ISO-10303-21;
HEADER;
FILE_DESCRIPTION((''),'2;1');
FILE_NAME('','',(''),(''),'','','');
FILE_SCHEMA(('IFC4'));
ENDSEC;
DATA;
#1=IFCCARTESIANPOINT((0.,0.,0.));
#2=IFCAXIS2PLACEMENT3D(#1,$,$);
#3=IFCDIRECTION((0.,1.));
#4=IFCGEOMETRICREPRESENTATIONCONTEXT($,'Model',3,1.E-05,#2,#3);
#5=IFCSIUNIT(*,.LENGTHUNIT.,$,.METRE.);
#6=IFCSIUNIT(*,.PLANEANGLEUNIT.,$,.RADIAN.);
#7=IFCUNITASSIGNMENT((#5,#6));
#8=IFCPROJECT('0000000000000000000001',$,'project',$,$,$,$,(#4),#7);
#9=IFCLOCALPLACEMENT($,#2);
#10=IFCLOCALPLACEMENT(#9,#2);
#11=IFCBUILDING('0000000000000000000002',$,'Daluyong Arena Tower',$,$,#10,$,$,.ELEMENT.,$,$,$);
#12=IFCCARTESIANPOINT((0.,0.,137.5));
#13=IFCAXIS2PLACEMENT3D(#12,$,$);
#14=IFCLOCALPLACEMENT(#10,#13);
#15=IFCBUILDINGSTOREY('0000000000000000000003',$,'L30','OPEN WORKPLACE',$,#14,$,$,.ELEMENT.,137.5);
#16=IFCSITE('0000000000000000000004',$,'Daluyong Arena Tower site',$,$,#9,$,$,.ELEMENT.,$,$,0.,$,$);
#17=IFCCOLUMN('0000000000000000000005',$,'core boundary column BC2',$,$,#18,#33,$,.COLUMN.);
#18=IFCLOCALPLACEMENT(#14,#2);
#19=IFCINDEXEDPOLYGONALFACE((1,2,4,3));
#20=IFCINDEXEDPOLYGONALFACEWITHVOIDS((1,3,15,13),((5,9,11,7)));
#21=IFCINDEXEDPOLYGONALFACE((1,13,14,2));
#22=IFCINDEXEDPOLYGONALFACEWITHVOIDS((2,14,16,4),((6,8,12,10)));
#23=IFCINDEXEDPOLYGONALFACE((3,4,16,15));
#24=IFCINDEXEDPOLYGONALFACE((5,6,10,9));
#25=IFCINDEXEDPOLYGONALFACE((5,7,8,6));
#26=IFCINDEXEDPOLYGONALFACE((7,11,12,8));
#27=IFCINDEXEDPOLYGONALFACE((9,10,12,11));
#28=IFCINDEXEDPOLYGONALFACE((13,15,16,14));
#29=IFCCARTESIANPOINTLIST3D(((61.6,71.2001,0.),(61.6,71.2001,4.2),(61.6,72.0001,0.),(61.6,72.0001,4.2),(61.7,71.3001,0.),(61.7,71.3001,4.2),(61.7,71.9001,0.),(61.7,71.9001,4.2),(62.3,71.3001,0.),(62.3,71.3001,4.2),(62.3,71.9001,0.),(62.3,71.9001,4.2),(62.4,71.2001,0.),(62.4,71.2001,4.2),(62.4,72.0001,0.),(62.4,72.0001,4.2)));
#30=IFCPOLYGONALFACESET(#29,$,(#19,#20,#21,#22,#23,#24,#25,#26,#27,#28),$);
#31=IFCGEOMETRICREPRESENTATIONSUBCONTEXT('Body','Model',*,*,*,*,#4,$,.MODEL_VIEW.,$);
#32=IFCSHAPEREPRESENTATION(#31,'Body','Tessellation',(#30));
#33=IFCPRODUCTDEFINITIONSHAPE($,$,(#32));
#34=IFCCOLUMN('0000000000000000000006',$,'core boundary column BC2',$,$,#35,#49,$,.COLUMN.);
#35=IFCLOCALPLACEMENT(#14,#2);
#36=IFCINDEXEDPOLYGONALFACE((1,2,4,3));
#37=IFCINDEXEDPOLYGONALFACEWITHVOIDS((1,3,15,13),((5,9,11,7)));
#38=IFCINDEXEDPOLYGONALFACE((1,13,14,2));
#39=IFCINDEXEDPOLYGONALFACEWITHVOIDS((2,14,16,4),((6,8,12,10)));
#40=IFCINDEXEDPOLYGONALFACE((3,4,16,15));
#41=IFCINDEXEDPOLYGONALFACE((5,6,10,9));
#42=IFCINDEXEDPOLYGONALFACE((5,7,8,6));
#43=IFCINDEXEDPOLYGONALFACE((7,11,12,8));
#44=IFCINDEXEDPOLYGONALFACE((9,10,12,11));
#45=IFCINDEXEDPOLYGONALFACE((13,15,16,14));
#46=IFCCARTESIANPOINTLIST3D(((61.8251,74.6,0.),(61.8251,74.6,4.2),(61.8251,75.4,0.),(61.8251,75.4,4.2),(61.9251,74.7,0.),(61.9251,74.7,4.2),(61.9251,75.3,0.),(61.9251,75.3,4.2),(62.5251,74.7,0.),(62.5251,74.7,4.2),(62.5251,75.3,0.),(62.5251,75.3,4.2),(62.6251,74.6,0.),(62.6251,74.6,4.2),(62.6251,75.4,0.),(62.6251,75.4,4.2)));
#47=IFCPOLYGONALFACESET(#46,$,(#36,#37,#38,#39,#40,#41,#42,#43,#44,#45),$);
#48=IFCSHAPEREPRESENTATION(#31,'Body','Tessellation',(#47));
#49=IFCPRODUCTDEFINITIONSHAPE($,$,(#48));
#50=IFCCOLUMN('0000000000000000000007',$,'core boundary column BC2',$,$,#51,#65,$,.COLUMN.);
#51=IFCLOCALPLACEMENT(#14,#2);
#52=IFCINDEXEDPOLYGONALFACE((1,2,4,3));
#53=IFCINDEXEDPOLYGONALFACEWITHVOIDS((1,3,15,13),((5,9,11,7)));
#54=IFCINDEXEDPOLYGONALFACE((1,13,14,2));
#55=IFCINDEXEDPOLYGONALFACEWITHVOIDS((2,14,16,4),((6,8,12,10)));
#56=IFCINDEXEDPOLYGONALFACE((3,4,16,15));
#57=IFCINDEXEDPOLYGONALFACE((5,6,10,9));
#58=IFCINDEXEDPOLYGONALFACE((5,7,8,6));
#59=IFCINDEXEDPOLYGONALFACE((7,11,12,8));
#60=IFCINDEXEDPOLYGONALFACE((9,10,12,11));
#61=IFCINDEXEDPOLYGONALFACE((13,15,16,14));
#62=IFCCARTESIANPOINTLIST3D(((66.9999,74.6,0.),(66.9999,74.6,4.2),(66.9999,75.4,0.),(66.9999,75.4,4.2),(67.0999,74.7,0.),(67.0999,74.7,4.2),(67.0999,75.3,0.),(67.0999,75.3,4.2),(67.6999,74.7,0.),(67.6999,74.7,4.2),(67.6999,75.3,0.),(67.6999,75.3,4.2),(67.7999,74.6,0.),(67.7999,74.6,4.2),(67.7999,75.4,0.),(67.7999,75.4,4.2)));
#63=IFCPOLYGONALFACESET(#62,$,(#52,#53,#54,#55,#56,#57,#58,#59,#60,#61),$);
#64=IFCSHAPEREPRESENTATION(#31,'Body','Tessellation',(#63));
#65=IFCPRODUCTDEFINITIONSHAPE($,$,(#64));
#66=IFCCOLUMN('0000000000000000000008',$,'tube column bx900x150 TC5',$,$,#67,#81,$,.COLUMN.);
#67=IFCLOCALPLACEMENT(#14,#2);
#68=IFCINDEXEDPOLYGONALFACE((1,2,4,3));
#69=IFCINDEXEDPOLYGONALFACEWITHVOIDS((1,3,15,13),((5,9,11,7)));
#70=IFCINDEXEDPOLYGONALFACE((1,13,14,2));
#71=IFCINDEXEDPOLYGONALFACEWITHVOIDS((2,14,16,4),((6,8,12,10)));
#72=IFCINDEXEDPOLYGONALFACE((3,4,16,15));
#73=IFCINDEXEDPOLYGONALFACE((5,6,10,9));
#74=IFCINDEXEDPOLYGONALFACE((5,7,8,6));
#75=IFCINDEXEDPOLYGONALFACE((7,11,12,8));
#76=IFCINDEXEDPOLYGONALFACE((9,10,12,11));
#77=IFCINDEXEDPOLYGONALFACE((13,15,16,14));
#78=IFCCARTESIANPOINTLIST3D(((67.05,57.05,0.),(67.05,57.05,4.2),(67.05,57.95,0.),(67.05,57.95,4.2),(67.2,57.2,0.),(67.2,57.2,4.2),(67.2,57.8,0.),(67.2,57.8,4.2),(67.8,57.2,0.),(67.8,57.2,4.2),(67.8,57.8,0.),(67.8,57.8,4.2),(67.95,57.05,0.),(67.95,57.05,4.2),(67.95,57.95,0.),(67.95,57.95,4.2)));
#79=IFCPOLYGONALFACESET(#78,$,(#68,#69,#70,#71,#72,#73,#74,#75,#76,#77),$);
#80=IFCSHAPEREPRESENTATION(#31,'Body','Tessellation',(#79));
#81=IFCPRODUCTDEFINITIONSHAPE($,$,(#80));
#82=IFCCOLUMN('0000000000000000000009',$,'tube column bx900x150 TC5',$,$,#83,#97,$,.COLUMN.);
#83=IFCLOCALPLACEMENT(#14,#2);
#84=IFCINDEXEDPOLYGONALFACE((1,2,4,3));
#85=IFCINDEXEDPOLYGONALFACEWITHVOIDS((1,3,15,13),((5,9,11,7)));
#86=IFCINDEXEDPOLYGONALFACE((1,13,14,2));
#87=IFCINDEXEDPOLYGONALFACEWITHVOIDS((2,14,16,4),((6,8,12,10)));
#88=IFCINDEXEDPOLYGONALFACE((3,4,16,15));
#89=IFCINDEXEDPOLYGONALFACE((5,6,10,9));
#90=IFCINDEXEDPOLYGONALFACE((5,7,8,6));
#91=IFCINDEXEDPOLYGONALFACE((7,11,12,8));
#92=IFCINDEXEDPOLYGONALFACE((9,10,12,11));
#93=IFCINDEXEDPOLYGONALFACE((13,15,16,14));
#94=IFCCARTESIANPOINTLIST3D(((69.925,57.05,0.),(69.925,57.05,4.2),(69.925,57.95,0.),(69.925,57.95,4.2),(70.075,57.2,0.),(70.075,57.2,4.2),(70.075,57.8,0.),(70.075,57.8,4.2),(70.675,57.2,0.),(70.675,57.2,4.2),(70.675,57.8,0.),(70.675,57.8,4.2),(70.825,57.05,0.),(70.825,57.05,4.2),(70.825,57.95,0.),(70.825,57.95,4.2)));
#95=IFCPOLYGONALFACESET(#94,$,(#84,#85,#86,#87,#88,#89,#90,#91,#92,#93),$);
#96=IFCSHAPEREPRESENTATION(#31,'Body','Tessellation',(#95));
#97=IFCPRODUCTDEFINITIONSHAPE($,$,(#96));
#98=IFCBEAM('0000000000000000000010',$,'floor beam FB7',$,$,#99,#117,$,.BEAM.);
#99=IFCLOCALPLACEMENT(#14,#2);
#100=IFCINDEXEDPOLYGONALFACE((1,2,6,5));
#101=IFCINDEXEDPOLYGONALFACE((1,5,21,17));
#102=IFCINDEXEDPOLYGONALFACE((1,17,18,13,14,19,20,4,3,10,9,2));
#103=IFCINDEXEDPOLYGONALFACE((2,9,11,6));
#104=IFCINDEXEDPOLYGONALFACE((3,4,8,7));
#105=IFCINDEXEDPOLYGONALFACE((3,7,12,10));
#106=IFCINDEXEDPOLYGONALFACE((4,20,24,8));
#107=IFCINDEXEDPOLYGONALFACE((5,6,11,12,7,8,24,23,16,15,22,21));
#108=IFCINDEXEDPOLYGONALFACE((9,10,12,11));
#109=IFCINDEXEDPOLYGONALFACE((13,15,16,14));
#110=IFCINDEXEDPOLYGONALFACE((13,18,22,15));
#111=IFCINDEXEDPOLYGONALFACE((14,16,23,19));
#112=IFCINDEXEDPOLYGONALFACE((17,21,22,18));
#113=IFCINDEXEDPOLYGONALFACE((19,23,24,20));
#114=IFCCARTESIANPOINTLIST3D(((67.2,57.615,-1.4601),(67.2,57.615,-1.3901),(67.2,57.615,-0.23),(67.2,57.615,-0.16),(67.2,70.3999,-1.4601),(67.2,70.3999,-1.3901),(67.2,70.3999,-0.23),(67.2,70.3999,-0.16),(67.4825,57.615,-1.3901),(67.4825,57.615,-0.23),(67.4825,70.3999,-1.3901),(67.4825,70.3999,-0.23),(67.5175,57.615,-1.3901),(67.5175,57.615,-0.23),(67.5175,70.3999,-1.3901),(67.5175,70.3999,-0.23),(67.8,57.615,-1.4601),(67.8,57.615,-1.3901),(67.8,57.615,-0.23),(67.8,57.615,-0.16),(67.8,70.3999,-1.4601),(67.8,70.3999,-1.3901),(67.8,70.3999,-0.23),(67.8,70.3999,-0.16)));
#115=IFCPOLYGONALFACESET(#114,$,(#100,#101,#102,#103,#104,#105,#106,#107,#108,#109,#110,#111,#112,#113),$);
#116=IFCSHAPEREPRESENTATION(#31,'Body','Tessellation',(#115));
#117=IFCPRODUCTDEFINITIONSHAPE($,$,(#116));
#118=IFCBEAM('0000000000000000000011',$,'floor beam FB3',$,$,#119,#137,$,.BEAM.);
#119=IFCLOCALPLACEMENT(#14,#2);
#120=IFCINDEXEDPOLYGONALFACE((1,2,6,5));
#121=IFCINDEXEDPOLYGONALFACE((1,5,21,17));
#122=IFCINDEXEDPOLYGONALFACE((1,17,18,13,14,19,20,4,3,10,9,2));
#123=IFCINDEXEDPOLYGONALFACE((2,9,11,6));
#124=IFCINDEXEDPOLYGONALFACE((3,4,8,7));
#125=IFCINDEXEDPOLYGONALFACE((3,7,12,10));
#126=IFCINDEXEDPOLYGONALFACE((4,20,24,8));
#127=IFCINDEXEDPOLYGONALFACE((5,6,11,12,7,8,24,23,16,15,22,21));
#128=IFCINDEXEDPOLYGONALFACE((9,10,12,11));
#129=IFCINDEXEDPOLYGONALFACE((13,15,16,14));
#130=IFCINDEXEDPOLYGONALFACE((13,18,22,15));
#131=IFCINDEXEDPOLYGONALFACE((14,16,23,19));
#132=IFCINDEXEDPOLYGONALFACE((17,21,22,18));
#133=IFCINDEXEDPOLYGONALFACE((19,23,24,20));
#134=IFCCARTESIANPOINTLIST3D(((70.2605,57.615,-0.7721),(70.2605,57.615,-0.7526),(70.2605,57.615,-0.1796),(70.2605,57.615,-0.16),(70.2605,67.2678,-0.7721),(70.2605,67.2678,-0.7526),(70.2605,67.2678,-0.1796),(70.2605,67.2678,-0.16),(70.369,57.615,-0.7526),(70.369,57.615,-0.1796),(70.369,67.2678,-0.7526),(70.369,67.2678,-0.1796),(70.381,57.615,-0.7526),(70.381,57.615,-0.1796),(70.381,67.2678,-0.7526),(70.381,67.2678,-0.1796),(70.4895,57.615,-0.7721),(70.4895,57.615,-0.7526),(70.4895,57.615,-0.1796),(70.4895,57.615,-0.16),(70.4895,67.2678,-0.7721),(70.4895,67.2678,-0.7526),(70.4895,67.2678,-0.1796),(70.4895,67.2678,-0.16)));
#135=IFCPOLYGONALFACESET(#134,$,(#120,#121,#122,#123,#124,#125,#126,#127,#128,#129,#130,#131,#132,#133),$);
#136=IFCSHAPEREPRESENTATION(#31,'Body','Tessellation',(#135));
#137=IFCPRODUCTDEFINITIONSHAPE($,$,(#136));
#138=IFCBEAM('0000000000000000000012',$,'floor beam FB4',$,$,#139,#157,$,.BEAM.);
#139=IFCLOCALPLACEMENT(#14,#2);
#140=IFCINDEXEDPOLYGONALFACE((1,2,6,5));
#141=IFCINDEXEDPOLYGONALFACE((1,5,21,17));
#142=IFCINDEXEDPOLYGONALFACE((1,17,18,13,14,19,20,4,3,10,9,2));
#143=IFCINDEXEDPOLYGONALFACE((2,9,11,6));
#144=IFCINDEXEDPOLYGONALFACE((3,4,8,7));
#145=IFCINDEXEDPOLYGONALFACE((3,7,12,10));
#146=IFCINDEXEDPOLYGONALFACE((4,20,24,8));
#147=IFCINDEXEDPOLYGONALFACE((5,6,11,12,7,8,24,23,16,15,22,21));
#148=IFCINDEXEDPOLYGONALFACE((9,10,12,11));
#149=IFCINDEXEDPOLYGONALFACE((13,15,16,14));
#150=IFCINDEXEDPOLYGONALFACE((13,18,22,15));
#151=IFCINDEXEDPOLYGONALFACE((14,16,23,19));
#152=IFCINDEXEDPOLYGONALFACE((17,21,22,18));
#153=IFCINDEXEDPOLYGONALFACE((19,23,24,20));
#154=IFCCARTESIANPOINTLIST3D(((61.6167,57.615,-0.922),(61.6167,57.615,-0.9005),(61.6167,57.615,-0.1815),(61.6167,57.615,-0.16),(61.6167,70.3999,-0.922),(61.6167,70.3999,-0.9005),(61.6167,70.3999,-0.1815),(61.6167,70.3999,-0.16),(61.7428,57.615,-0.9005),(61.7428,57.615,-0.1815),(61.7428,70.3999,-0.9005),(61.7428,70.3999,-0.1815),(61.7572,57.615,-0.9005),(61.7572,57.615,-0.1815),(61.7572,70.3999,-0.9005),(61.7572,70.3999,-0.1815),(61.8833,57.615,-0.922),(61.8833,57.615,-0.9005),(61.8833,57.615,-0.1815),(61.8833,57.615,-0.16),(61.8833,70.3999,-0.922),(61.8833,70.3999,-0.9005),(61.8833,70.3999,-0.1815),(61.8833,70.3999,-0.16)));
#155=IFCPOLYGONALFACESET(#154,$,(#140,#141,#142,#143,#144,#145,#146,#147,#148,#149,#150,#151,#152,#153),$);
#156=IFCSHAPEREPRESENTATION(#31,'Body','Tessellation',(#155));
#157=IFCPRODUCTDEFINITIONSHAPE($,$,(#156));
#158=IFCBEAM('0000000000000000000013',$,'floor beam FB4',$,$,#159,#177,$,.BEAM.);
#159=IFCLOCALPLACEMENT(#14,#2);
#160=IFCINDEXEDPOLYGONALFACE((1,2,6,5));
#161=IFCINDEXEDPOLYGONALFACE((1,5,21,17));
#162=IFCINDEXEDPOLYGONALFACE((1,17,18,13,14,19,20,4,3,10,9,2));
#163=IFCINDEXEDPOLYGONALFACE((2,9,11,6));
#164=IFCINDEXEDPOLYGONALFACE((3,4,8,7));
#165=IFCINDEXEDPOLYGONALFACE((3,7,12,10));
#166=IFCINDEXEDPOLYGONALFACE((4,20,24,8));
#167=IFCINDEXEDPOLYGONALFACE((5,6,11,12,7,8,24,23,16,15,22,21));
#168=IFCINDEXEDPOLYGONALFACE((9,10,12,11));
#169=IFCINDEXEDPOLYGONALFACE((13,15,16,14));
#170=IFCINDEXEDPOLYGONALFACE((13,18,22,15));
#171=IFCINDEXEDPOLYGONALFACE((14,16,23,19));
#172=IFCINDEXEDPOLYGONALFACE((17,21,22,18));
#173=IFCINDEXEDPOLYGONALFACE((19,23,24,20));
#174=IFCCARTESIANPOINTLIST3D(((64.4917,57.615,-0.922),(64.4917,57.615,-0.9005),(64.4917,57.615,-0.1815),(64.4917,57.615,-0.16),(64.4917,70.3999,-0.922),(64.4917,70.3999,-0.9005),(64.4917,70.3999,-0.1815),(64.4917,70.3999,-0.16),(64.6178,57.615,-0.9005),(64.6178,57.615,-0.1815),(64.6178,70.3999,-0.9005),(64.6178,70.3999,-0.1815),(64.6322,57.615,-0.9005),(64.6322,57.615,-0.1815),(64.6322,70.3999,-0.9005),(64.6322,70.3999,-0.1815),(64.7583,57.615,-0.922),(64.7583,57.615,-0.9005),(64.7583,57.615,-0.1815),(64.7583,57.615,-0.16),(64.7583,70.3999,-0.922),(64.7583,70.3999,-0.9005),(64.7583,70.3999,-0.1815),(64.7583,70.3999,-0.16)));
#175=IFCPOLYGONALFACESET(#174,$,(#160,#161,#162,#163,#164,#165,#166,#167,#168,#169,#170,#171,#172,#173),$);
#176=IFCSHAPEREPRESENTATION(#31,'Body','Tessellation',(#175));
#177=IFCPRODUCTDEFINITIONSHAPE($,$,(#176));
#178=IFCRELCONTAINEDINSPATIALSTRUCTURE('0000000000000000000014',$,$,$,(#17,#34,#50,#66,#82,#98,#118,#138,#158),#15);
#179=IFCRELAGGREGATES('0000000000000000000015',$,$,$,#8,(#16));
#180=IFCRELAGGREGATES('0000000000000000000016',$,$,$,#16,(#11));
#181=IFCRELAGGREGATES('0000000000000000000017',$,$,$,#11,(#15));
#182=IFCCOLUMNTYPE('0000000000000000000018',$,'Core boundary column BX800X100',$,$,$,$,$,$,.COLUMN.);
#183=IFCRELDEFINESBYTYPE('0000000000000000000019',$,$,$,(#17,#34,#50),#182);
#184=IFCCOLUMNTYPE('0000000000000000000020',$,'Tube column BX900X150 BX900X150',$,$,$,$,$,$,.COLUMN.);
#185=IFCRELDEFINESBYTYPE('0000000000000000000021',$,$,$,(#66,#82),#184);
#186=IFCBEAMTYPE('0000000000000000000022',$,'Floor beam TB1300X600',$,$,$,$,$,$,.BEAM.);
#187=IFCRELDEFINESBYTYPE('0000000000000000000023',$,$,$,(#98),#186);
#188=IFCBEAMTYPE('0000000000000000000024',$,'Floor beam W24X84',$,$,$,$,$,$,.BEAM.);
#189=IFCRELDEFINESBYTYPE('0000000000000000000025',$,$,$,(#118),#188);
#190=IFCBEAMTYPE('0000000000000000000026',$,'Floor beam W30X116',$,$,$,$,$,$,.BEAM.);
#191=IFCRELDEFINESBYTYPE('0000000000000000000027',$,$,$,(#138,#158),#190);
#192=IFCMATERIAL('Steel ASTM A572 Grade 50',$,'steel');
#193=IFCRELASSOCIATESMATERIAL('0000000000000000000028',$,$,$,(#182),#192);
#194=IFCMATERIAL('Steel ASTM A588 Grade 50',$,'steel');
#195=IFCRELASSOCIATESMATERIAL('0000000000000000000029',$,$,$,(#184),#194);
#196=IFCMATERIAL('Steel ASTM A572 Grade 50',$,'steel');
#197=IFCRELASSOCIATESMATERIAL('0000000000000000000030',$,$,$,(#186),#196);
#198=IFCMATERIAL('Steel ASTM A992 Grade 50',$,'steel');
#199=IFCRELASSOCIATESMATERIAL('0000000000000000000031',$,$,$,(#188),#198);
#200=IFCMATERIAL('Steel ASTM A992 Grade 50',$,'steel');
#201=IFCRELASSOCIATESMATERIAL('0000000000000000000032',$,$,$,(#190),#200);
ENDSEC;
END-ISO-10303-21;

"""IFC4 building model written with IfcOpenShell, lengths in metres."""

from ifc_helpers import new_model, si_unit, direction, frame, origin, origin_2d, place, context, subcontext, project, spatial, hollow_rectangle, i_section, extrude, material, material_profile, profile_set, type_object, element, save


model = new_model("IFC4")

# Units and contexts
model_context = context("Model", 3, precision=1e-05, world=origin(), true_north=direction((0.0, 1.0)))
body_context = subcontext(model_context, "Body", "Model", "MODEL_VIEW")
ifc_project = project(units=[si_unit("LENGTHUNIT", "METRE"), si_unit("PLANEANGLEUNIT", "RADIAN")], contexts=[model_context])

# Site, building, storey
site_placement = place(None, origin())
site = spatial("IfcSite", under=ifc_project, at=site_placement, Name="Daluyong Arena Tower site", CompositionType="ELEMENT", RefElevation=0.0)
building_placement = place(site_placement, origin())
building = spatial("IfcBuilding", under=site, at=building_placement, Name="Daluyong Arena Tower", CompositionType="ELEMENT")
storey_placement = place(building_placement, frame((0.0, 0.0, 137.5)))
storey = spatial("IfcBuildingStorey", under=building, at=storey_placement, Name="L30", Description="OPEN WORKPLACE", CompositionType="ELEMENT", Elevation=137.5)

# Columns
ifc_material_1 = material(Name="Steel ASTM A572 Grade 50", Category="steel")
ifc_material_profile_1 = material_profile(ifc_material_1, hollow_rectangle(XDim=0.8, YDim=0.8, WallThickness=0.1, at=origin_2d()))
ifc_profile_set_1 = profile_set([ifc_material_profile_1], Name="Steel ASTM A572 Grade 50")
column_type_1 = type_object("IfcColumnType", Name="Core boundary column BX800X100", PredefinedType="COLUMN", material=ifc_profile_set_1)
for number, where, z_axis, x_axis, name in (
    (1, (62.0, 71.6001, 0.0), (0.0, 0.0, 1.0), (1.0, 0.0, 0.0), "core boundary column BC2"),
    (2, (62.2251, 75.0, 0.0), (0.0, 0.0, 1.0), (1.0, 0.0, 0.0), "core boundary column BC2"),
    (3, (67.3999, 75.0, 0.0), (0.0, 0.0, 1.0), (1.0, 0.0, 0.0), "core boundary column BC2"),
):
    element("IfcColumn", number, at=place(storey_placement, frame(where, z_axis=z_axis, x_axis=x_axis)), inside=storey, type_object=column_type_1, Name=name, PredefinedType="COLUMN", context=body_context, shape_type="SweptSolid", body=[
        extrude(hollow_rectangle(XDim=0.8, YDim=0.8, WallThickness=0.1, at=origin_2d()), origin(), (0.0, 0.0, 1.0), 4.2),
    ])
ifc_material_2 = material(Name="Steel ASTM A588 Grade 50", Category="steel")
ifc_material_profile_2 = material_profile(ifc_material_2, hollow_rectangle(XDim=0.8999, YDim=0.8999, WallThickness=0.15, at=origin_2d()))
ifc_profile_set_2 = profile_set([ifc_material_profile_2], Name="Steel ASTM A588 Grade 50")
column_type_2 = type_object("IfcColumnType", Name="Tube column BX900X150 BX900X150", PredefinedType="COLUMN", material=ifc_profile_set_2)
for number, where, z_axis, x_axis, name in (
    (4, (67.5, 57.5, 0.0), (0.0, 0.0, 1.0), (1.0, 0.0, 0.0), "tube column bx900x150 TC5"),
    (5, (70.375, 57.5, 0.0), (0.0, 0.0, 1.0), (1.0, 0.0, 0.0), "tube column bx900x150 TC5"),
):
    element("IfcColumn", number, at=place(storey_placement, frame(where, z_axis=z_axis, x_axis=x_axis)), inside=storey, type_object=column_type_2, Name=name, PredefinedType="COLUMN", context=body_context, shape_type="SweptSolid", body=[
        extrude(hollow_rectangle(XDim=0.8999, YDim=0.8999, WallThickness=0.15, at=origin_2d()), origin(), (0.0, 0.0, 1.0), 4.2),
    ])

# Beams
ifc_material_3 = material(Name="Steel ASTM A572 Grade 50", Category="steel")
ifc_material_profile_3 = material_profile(ifc_material_3, i_section(OverallWidth=0.6001, OverallDepth=1.3, WebThickness=0.035, FlangeThickness=0.07, at=origin_2d()))
ifc_profile_set_3 = profile_set([ifc_material_profile_3], Name="Steel ASTM A572 Grade 50")
beam_type_1 = type_object("IfcBeamType", Name="Floor beam TB1300X600", PredefinedType="BEAM", material=ifc_profile_set_3)
beam_1_placement = place(storey_placement, frame((67.5, 57.615, -0.8101), z_axis=(0.0, 1.0, 0.0), x_axis=(-1.0, 0.0, 0.0)))
element("IfcBeam", 6, at=beam_1_placement, inside=storey, type_object=beam_type_1, Name="floor beam FB7", PredefinedType="BEAM", context=body_context, shape_type="SweptSolid", body=[
    extrude(i_section(OverallWidth=0.6001, OverallDepth=1.3, WebThickness=0.035, FlangeThickness=0.07, at=origin_2d()), origin(), (0.0, 0.0, 1.0), 12.7849),
])
ifc_material_4 = material(Name="Steel ASTM A992 Grade 50", Category="steel")
ifc_material_profile_4 = material_profile(ifc_material_4, i_section(OverallWidth=0.229, OverallDepth=0.6121, WebThickness=0.012, FlangeThickness=0.0195, at=origin_2d()))
ifc_profile_set_4 = profile_set([ifc_material_profile_4], Name="Steel ASTM A992 Grade 50")
beam_type_2 = type_object("IfcBeamType", Name="Floor beam W24X84", PredefinedType="BEAM", material=ifc_profile_set_4)
beam_2_placement = place(storey_placement, frame((70.375, 57.615, -0.4661), z_axis=(0.0, 1.0, 0.0), x_axis=(-1.0, 0.0, 0.0)))
element("IfcBeam", 7, at=beam_2_placement, inside=storey, type_object=beam_type_2, Name="floor beam FB3", PredefinedType="BEAM", context=body_context, shape_type="SweptSolid", body=[
    extrude(i_section(OverallWidth=0.229, OverallDepth=0.6121, WebThickness=0.012, FlangeThickness=0.0195, at=origin_2d()), origin(), (0.0, 0.0, 1.0), 9.6528),
])
ifc_material_5 = material(Name="Steel ASTM A992 Grade 50", Category="steel")
ifc_material_profile_5 = material_profile(ifc_material_5, i_section(OverallWidth=0.2666, OverallDepth=0.762, WebThickness=0.0144, FlangeThickness=0.0215, at=origin_2d()))
ifc_profile_set_5 = profile_set([ifc_material_profile_5], Name="Steel ASTM A992 Grade 50")
beam_type_3 = type_object("IfcBeamType", Name="Floor beam W30X116", PredefinedType="BEAM", material=ifc_profile_set_5)
for number, where, z_axis, x_axis, name in (
    (8, (61.75, 57.615, -0.541), (0.0, 1.0, 0.0), (-1.0, 0.0, 0.0), "floor beam FB4"),
    (9, (64.625, 57.615, -0.541), (0.0, 1.0, 0.0), (-1.0, 0.0, 0.0), "floor beam FB4"),
):
    element("IfcBeam", number, at=place(storey_placement, frame(where, z_axis=z_axis, x_axis=x_axis)), inside=storey, type_object=beam_type_3, Name=name, PredefinedType="BEAM", context=body_context, shape_type="SweptSolid", body=[
        extrude(i_section(OverallWidth=0.2666, OverallDepth=0.762, WebThickness=0.0144, FlangeThickness=0.0215, at=origin_2d()), origin(), (0.0, 0.0, 1.0), 12.7849),
    ])

save(model, "model.ifc")
